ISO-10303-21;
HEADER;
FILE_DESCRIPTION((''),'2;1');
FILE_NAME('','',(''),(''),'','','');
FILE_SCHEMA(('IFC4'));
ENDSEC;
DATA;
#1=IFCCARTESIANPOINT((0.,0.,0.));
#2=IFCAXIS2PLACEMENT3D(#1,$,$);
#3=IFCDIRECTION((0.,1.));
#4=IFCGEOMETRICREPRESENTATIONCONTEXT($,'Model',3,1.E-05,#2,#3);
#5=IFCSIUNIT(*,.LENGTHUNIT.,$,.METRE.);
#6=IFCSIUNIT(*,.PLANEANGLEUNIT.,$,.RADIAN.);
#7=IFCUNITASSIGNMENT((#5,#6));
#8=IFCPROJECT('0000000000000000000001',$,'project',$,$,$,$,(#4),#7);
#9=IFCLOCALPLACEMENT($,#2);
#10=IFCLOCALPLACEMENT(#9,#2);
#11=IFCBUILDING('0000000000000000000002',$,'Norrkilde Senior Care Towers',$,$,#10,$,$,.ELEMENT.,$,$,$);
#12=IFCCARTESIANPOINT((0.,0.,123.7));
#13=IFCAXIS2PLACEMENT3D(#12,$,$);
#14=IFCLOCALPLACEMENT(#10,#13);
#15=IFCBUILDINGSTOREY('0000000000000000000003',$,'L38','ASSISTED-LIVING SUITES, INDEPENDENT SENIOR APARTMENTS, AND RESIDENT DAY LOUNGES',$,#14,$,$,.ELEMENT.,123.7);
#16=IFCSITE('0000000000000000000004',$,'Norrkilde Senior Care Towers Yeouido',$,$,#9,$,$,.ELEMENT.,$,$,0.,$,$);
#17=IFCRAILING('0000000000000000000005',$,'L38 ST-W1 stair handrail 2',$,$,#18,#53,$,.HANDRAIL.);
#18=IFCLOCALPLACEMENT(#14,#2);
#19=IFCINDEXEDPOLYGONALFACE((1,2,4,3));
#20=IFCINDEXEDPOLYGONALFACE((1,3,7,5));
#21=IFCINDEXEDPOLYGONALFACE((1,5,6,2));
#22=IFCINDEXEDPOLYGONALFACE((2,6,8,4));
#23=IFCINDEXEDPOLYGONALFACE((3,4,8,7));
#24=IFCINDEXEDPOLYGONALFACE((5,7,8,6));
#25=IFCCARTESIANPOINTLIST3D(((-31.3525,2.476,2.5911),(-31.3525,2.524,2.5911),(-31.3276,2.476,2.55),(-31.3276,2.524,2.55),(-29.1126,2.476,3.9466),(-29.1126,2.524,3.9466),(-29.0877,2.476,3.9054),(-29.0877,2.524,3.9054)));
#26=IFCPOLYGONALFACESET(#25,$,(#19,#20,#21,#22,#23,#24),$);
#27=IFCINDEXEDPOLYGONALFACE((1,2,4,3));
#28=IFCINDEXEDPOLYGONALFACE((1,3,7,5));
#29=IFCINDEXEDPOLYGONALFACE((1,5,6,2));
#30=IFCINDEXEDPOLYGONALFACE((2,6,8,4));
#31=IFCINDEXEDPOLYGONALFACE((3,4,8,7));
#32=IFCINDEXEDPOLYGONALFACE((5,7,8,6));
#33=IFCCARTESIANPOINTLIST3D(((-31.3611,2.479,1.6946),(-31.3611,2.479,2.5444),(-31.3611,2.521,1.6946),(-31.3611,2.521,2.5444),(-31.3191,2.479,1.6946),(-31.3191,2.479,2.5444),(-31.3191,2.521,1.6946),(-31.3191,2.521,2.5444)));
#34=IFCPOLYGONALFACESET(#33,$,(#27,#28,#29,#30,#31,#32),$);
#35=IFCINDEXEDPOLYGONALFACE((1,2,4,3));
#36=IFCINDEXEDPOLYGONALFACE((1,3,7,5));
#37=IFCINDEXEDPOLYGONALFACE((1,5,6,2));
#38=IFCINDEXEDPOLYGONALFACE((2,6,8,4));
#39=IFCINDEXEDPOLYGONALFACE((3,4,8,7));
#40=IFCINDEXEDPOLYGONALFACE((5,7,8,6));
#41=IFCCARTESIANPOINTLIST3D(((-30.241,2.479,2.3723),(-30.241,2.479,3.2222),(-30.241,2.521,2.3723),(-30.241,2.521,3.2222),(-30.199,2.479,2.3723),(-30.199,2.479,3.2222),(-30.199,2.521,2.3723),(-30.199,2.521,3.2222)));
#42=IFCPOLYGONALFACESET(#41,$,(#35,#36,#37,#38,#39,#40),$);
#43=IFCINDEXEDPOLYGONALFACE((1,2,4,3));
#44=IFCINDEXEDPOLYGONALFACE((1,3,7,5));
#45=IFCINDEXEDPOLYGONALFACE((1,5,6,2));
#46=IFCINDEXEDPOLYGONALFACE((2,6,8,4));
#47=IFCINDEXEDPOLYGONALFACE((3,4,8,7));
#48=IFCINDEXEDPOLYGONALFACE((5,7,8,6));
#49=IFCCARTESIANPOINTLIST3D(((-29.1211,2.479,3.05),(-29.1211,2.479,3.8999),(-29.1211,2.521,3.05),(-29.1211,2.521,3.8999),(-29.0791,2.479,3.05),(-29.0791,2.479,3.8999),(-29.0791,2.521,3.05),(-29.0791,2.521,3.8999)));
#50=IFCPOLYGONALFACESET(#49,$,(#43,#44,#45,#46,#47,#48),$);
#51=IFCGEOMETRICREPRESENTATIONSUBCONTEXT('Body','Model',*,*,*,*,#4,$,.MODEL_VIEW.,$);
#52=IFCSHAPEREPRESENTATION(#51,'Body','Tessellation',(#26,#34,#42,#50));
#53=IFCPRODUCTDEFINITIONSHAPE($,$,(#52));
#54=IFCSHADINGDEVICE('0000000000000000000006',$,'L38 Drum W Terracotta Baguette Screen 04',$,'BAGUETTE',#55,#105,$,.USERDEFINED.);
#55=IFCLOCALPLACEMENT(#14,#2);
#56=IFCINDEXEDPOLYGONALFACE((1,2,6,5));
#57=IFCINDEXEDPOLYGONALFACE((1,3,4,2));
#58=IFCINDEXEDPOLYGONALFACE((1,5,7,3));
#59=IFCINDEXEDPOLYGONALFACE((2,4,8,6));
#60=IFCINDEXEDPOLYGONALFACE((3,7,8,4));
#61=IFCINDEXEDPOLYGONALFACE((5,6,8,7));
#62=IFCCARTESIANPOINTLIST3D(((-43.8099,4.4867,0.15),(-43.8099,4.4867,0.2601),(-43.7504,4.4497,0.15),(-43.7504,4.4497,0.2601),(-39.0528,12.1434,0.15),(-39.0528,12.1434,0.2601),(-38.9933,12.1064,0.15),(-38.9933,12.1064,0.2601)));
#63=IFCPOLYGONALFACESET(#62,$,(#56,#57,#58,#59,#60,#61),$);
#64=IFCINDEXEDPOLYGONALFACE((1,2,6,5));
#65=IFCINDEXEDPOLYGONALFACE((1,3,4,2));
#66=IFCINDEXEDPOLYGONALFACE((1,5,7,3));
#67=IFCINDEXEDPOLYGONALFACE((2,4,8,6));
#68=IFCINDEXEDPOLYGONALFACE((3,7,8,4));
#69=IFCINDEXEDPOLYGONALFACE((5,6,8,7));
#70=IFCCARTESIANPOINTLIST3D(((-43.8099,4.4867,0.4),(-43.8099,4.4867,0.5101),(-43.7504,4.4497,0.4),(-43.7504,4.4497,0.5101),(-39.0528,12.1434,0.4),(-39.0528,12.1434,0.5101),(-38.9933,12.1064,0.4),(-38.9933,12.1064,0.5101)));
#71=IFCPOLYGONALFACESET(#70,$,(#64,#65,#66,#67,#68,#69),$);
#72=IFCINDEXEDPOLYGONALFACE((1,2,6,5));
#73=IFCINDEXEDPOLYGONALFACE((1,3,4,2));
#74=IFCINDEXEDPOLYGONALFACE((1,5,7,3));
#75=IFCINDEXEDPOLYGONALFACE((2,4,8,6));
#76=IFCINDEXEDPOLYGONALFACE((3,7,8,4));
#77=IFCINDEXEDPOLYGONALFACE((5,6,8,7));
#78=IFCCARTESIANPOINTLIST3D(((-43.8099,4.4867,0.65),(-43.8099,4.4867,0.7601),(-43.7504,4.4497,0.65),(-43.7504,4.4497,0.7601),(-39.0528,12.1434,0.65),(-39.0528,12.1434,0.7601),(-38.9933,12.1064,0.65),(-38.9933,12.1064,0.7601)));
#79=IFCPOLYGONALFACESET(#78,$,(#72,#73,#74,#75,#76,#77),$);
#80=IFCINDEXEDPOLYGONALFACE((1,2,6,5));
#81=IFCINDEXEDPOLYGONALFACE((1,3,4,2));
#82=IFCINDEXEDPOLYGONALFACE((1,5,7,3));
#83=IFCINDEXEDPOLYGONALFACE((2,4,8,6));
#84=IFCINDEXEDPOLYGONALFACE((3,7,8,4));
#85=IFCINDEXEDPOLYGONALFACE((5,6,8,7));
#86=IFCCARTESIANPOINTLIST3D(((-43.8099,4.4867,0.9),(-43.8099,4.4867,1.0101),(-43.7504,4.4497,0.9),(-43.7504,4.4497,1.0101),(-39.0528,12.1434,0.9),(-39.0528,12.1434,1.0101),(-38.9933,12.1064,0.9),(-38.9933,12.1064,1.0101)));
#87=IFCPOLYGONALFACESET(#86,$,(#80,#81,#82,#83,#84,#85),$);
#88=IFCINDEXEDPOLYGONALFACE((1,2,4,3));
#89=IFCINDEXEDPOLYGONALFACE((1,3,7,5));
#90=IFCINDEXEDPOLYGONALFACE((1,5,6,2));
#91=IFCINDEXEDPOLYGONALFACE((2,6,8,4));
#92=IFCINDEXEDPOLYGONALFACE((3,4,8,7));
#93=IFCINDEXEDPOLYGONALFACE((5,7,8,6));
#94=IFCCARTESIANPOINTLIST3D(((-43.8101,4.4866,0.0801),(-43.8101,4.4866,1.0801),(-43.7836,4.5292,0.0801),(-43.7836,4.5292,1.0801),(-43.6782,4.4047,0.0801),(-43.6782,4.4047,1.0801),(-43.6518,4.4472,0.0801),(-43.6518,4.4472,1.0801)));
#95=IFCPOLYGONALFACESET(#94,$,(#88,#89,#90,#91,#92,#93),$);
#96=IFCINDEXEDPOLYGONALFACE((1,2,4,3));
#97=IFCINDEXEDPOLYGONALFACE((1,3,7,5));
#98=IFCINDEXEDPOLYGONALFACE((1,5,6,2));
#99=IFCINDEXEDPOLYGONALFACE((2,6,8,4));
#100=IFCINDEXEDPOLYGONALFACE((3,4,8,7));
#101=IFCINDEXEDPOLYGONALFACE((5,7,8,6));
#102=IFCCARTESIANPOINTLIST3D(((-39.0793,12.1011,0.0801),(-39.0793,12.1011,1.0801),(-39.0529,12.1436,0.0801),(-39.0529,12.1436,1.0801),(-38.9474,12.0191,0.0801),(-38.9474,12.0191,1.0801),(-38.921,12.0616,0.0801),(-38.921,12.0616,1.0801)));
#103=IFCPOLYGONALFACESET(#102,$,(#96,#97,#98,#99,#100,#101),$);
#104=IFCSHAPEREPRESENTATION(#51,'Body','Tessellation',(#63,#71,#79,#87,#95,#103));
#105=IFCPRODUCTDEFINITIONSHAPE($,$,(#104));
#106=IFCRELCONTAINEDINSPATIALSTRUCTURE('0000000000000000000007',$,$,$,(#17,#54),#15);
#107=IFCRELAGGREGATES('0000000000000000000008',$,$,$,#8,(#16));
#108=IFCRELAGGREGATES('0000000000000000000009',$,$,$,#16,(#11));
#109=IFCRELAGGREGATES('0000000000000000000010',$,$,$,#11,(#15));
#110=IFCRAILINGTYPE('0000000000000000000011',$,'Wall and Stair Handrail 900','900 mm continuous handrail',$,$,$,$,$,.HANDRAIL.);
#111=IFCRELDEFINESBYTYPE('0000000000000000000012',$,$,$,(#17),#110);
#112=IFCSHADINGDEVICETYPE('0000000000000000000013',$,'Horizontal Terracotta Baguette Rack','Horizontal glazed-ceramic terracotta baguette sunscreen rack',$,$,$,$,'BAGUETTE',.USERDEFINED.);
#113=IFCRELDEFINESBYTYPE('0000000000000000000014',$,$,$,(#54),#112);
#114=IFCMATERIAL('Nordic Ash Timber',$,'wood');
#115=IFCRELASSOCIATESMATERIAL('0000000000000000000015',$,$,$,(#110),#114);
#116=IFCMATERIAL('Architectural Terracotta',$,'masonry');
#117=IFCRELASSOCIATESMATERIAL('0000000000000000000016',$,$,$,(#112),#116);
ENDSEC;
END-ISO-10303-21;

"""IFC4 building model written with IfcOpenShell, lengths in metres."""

from ifc_helpers import new_model, si_unit, direction, frame, origin, origin_2d, place, context, subcontext, project, spatial, rectangle, extrude, source, transform, mapped, material, type_object, type_shapes, element, save


model = new_model("IFC4")

# Units and contexts
model_context = context("Model", 3, precision=1e-05, world=origin(), true_north=direction((0.0, 1.0)))
body_context = subcontext(model_context, "Body", "Model", "MODEL_VIEW")
ifc_project = project(units=[si_unit("LENGTHUNIT", "METRE"), si_unit("PLANEANGLEUNIT", "RADIAN")], contexts=[model_context])

# Site, building, storey
site_placement = place(None, origin())
site = spatial("IfcSite", under=ifc_project, at=site_placement, Name="Norrkilde Senior Care Towers Yeouido", CompositionType="ELEMENT", RefElevation=0.0)
building_placement = place(site_placement, origin())
building = spatial("IfcBuilding", under=site, at=building_placement, Name="Norrkilde Senior Care Towers", CompositionType="ELEMENT")
storey_placement = place(building_placement, frame((0.0, 0.0, 123.7)))
storey = spatial("IfcBuildingStorey", under=building, at=storey_placement, Name="L38", Description="ASSISTED-LIVING SUITES, INDEPENDENT SENIOR APARTMENTS, AND RESIDENT DAY LOUNGES", CompositionType="ELEMENT", Elevation=123.7)

# Shared definitions
ifc_material_1 = material(Name="Nordic Ash Timber", Category="wood")

# Railing
railing_type_1 = type_object("IfcRailingType", Name="Wall and Stair Handrail 900", Description="900 mm continuous handrail", PredefinedType="HANDRAIL", material=ifc_material_1)
railing_1_placement = place(storey_placement, frame((-31.3401, 2.5, 1.6946)))
element("IfcRailing", 1, at=railing_1_placement, inside=storey, type_object=railing_type_1, Name="L38 ST-W1 stair handrail 2", PredefinedType="HANDRAIL", context=body_context, shape_type="SweptSolid", body=[
    extrude(rectangle(XDim=0.0481, YDim=0.0481, at=origin_2d()), frame((0.0, 0.0, 0.876), z_axis=(0.855553, 0.0, 0.517715), x_axis=(0.0, 1.0, 0.0)), (0.0, 0.0, 1.0), 2.6182),
    extrude(rectangle(XDim=0.042, YDim=0.042, at=origin_2d()), origin(), (0.0, 0.0, 1.0), 0.8499),
    extrude(rectangle(XDim=0.042, YDim=0.042, at=origin_2d()), frame((1.1201, 0.0, 0.6777)), (0.0, 0.0, 1.0), 0.8499),
    extrude(rectangle(XDim=0.042, YDim=0.042, at=origin_2d()), frame((2.24, 0.0, 1.3555)), (0.0, 0.0, 1.0), 0.8499),
])

# Shading device
ifc_material_2 = material(Name="Architectural Terracotta", Category="masonry")
shading_device_type = type_object("IfcShadingDeviceType", Name="Horizontal Terracotta Baguette Rack", Description="Horizontal glazed-ceramic terracotta baguette sunscreen rack", ElementType="BAGUETTE", PredefinedType="USERDEFINED", material=ifc_material_2)
shared_shape_1 = source(origin(), body_context, "Body", "SweptSolid", [
    extrude(rectangle(XDim=0.0701, YDim=0.1101, at=origin_2d()), frame((0.0, 0.0901, 0.125), z_axis=(1.0, 0.0, 0.0), x_axis=(0.0, 1.0, 0.0)), (0.0, 0.0, 1.0), 9.0142),
    extrude(rectangle(XDim=0.0701, YDim=0.1101, at=origin_2d()), frame((0.0, 0.0901, 0.375), z_axis=(1.0, 0.0, 0.0), x_axis=(0.0, 1.0, 0.0)), (0.0, 0.0, 1.0), 9.0142),
    extrude(rectangle(XDim=0.0701, YDim=0.1101, at=origin_2d()), frame((0.0, 0.0901, 0.625), z_axis=(1.0, 0.0, 0.0), x_axis=(0.0, 1.0, 0.0)), (0.0, 0.0, 1.0), 9.0142),
    extrude(rectangle(XDim=0.0701, YDim=0.1101, at=origin_2d()), frame((0.0, 0.0901, 0.875), z_axis=(1.0, 0.0, 0.0), x_axis=(0.0, 1.0, 0.0)), (0.0, 0.0, 1.0), 9.0142),
    extrude(rectangle(XDim=0.05, YDim=0.1553, at=origin_2d()), frame((0.0249, 0.0476, 0.0)), (0.0, 0.0, 1.0), 1.0),
    extrude(rectangle(XDim=0.05, YDim=0.1553, at=origin_2d()), frame((8.9893, 0.0476, 0.0)), (0.0, 0.0, 1.0), 1.0),
])
type_shapes(shading_device_type, [shared_shape_1])
shading_device_placement = place(storey_placement, frame((-43.7036, 4.4207, 0.0801), z_axis=(0.0, 0.0, 1.0), x_axis=(0.527734, 0.849412, 0.0)))
element("IfcShadingDevice", 2, at=shading_device_placement, inside=storey, type_object=shading_device_type, Name="L38 Drum W Terracotta Baguette Screen 04", ObjectType="BAGUETTE", PredefinedType="USERDEFINED", context=body_context, shape_type="MappedRepresentation", body=[
    mapped(shared_shape_1, transform((0.0, 0.0, 0.0), x_axis=(1.0, 0.0, 0.0), y_axis=(0.0, 1.0, 0.0), z_axis=(0.0, 0.0, 1.0), scale=1.0)),
])

save(model, "model.ifc")
